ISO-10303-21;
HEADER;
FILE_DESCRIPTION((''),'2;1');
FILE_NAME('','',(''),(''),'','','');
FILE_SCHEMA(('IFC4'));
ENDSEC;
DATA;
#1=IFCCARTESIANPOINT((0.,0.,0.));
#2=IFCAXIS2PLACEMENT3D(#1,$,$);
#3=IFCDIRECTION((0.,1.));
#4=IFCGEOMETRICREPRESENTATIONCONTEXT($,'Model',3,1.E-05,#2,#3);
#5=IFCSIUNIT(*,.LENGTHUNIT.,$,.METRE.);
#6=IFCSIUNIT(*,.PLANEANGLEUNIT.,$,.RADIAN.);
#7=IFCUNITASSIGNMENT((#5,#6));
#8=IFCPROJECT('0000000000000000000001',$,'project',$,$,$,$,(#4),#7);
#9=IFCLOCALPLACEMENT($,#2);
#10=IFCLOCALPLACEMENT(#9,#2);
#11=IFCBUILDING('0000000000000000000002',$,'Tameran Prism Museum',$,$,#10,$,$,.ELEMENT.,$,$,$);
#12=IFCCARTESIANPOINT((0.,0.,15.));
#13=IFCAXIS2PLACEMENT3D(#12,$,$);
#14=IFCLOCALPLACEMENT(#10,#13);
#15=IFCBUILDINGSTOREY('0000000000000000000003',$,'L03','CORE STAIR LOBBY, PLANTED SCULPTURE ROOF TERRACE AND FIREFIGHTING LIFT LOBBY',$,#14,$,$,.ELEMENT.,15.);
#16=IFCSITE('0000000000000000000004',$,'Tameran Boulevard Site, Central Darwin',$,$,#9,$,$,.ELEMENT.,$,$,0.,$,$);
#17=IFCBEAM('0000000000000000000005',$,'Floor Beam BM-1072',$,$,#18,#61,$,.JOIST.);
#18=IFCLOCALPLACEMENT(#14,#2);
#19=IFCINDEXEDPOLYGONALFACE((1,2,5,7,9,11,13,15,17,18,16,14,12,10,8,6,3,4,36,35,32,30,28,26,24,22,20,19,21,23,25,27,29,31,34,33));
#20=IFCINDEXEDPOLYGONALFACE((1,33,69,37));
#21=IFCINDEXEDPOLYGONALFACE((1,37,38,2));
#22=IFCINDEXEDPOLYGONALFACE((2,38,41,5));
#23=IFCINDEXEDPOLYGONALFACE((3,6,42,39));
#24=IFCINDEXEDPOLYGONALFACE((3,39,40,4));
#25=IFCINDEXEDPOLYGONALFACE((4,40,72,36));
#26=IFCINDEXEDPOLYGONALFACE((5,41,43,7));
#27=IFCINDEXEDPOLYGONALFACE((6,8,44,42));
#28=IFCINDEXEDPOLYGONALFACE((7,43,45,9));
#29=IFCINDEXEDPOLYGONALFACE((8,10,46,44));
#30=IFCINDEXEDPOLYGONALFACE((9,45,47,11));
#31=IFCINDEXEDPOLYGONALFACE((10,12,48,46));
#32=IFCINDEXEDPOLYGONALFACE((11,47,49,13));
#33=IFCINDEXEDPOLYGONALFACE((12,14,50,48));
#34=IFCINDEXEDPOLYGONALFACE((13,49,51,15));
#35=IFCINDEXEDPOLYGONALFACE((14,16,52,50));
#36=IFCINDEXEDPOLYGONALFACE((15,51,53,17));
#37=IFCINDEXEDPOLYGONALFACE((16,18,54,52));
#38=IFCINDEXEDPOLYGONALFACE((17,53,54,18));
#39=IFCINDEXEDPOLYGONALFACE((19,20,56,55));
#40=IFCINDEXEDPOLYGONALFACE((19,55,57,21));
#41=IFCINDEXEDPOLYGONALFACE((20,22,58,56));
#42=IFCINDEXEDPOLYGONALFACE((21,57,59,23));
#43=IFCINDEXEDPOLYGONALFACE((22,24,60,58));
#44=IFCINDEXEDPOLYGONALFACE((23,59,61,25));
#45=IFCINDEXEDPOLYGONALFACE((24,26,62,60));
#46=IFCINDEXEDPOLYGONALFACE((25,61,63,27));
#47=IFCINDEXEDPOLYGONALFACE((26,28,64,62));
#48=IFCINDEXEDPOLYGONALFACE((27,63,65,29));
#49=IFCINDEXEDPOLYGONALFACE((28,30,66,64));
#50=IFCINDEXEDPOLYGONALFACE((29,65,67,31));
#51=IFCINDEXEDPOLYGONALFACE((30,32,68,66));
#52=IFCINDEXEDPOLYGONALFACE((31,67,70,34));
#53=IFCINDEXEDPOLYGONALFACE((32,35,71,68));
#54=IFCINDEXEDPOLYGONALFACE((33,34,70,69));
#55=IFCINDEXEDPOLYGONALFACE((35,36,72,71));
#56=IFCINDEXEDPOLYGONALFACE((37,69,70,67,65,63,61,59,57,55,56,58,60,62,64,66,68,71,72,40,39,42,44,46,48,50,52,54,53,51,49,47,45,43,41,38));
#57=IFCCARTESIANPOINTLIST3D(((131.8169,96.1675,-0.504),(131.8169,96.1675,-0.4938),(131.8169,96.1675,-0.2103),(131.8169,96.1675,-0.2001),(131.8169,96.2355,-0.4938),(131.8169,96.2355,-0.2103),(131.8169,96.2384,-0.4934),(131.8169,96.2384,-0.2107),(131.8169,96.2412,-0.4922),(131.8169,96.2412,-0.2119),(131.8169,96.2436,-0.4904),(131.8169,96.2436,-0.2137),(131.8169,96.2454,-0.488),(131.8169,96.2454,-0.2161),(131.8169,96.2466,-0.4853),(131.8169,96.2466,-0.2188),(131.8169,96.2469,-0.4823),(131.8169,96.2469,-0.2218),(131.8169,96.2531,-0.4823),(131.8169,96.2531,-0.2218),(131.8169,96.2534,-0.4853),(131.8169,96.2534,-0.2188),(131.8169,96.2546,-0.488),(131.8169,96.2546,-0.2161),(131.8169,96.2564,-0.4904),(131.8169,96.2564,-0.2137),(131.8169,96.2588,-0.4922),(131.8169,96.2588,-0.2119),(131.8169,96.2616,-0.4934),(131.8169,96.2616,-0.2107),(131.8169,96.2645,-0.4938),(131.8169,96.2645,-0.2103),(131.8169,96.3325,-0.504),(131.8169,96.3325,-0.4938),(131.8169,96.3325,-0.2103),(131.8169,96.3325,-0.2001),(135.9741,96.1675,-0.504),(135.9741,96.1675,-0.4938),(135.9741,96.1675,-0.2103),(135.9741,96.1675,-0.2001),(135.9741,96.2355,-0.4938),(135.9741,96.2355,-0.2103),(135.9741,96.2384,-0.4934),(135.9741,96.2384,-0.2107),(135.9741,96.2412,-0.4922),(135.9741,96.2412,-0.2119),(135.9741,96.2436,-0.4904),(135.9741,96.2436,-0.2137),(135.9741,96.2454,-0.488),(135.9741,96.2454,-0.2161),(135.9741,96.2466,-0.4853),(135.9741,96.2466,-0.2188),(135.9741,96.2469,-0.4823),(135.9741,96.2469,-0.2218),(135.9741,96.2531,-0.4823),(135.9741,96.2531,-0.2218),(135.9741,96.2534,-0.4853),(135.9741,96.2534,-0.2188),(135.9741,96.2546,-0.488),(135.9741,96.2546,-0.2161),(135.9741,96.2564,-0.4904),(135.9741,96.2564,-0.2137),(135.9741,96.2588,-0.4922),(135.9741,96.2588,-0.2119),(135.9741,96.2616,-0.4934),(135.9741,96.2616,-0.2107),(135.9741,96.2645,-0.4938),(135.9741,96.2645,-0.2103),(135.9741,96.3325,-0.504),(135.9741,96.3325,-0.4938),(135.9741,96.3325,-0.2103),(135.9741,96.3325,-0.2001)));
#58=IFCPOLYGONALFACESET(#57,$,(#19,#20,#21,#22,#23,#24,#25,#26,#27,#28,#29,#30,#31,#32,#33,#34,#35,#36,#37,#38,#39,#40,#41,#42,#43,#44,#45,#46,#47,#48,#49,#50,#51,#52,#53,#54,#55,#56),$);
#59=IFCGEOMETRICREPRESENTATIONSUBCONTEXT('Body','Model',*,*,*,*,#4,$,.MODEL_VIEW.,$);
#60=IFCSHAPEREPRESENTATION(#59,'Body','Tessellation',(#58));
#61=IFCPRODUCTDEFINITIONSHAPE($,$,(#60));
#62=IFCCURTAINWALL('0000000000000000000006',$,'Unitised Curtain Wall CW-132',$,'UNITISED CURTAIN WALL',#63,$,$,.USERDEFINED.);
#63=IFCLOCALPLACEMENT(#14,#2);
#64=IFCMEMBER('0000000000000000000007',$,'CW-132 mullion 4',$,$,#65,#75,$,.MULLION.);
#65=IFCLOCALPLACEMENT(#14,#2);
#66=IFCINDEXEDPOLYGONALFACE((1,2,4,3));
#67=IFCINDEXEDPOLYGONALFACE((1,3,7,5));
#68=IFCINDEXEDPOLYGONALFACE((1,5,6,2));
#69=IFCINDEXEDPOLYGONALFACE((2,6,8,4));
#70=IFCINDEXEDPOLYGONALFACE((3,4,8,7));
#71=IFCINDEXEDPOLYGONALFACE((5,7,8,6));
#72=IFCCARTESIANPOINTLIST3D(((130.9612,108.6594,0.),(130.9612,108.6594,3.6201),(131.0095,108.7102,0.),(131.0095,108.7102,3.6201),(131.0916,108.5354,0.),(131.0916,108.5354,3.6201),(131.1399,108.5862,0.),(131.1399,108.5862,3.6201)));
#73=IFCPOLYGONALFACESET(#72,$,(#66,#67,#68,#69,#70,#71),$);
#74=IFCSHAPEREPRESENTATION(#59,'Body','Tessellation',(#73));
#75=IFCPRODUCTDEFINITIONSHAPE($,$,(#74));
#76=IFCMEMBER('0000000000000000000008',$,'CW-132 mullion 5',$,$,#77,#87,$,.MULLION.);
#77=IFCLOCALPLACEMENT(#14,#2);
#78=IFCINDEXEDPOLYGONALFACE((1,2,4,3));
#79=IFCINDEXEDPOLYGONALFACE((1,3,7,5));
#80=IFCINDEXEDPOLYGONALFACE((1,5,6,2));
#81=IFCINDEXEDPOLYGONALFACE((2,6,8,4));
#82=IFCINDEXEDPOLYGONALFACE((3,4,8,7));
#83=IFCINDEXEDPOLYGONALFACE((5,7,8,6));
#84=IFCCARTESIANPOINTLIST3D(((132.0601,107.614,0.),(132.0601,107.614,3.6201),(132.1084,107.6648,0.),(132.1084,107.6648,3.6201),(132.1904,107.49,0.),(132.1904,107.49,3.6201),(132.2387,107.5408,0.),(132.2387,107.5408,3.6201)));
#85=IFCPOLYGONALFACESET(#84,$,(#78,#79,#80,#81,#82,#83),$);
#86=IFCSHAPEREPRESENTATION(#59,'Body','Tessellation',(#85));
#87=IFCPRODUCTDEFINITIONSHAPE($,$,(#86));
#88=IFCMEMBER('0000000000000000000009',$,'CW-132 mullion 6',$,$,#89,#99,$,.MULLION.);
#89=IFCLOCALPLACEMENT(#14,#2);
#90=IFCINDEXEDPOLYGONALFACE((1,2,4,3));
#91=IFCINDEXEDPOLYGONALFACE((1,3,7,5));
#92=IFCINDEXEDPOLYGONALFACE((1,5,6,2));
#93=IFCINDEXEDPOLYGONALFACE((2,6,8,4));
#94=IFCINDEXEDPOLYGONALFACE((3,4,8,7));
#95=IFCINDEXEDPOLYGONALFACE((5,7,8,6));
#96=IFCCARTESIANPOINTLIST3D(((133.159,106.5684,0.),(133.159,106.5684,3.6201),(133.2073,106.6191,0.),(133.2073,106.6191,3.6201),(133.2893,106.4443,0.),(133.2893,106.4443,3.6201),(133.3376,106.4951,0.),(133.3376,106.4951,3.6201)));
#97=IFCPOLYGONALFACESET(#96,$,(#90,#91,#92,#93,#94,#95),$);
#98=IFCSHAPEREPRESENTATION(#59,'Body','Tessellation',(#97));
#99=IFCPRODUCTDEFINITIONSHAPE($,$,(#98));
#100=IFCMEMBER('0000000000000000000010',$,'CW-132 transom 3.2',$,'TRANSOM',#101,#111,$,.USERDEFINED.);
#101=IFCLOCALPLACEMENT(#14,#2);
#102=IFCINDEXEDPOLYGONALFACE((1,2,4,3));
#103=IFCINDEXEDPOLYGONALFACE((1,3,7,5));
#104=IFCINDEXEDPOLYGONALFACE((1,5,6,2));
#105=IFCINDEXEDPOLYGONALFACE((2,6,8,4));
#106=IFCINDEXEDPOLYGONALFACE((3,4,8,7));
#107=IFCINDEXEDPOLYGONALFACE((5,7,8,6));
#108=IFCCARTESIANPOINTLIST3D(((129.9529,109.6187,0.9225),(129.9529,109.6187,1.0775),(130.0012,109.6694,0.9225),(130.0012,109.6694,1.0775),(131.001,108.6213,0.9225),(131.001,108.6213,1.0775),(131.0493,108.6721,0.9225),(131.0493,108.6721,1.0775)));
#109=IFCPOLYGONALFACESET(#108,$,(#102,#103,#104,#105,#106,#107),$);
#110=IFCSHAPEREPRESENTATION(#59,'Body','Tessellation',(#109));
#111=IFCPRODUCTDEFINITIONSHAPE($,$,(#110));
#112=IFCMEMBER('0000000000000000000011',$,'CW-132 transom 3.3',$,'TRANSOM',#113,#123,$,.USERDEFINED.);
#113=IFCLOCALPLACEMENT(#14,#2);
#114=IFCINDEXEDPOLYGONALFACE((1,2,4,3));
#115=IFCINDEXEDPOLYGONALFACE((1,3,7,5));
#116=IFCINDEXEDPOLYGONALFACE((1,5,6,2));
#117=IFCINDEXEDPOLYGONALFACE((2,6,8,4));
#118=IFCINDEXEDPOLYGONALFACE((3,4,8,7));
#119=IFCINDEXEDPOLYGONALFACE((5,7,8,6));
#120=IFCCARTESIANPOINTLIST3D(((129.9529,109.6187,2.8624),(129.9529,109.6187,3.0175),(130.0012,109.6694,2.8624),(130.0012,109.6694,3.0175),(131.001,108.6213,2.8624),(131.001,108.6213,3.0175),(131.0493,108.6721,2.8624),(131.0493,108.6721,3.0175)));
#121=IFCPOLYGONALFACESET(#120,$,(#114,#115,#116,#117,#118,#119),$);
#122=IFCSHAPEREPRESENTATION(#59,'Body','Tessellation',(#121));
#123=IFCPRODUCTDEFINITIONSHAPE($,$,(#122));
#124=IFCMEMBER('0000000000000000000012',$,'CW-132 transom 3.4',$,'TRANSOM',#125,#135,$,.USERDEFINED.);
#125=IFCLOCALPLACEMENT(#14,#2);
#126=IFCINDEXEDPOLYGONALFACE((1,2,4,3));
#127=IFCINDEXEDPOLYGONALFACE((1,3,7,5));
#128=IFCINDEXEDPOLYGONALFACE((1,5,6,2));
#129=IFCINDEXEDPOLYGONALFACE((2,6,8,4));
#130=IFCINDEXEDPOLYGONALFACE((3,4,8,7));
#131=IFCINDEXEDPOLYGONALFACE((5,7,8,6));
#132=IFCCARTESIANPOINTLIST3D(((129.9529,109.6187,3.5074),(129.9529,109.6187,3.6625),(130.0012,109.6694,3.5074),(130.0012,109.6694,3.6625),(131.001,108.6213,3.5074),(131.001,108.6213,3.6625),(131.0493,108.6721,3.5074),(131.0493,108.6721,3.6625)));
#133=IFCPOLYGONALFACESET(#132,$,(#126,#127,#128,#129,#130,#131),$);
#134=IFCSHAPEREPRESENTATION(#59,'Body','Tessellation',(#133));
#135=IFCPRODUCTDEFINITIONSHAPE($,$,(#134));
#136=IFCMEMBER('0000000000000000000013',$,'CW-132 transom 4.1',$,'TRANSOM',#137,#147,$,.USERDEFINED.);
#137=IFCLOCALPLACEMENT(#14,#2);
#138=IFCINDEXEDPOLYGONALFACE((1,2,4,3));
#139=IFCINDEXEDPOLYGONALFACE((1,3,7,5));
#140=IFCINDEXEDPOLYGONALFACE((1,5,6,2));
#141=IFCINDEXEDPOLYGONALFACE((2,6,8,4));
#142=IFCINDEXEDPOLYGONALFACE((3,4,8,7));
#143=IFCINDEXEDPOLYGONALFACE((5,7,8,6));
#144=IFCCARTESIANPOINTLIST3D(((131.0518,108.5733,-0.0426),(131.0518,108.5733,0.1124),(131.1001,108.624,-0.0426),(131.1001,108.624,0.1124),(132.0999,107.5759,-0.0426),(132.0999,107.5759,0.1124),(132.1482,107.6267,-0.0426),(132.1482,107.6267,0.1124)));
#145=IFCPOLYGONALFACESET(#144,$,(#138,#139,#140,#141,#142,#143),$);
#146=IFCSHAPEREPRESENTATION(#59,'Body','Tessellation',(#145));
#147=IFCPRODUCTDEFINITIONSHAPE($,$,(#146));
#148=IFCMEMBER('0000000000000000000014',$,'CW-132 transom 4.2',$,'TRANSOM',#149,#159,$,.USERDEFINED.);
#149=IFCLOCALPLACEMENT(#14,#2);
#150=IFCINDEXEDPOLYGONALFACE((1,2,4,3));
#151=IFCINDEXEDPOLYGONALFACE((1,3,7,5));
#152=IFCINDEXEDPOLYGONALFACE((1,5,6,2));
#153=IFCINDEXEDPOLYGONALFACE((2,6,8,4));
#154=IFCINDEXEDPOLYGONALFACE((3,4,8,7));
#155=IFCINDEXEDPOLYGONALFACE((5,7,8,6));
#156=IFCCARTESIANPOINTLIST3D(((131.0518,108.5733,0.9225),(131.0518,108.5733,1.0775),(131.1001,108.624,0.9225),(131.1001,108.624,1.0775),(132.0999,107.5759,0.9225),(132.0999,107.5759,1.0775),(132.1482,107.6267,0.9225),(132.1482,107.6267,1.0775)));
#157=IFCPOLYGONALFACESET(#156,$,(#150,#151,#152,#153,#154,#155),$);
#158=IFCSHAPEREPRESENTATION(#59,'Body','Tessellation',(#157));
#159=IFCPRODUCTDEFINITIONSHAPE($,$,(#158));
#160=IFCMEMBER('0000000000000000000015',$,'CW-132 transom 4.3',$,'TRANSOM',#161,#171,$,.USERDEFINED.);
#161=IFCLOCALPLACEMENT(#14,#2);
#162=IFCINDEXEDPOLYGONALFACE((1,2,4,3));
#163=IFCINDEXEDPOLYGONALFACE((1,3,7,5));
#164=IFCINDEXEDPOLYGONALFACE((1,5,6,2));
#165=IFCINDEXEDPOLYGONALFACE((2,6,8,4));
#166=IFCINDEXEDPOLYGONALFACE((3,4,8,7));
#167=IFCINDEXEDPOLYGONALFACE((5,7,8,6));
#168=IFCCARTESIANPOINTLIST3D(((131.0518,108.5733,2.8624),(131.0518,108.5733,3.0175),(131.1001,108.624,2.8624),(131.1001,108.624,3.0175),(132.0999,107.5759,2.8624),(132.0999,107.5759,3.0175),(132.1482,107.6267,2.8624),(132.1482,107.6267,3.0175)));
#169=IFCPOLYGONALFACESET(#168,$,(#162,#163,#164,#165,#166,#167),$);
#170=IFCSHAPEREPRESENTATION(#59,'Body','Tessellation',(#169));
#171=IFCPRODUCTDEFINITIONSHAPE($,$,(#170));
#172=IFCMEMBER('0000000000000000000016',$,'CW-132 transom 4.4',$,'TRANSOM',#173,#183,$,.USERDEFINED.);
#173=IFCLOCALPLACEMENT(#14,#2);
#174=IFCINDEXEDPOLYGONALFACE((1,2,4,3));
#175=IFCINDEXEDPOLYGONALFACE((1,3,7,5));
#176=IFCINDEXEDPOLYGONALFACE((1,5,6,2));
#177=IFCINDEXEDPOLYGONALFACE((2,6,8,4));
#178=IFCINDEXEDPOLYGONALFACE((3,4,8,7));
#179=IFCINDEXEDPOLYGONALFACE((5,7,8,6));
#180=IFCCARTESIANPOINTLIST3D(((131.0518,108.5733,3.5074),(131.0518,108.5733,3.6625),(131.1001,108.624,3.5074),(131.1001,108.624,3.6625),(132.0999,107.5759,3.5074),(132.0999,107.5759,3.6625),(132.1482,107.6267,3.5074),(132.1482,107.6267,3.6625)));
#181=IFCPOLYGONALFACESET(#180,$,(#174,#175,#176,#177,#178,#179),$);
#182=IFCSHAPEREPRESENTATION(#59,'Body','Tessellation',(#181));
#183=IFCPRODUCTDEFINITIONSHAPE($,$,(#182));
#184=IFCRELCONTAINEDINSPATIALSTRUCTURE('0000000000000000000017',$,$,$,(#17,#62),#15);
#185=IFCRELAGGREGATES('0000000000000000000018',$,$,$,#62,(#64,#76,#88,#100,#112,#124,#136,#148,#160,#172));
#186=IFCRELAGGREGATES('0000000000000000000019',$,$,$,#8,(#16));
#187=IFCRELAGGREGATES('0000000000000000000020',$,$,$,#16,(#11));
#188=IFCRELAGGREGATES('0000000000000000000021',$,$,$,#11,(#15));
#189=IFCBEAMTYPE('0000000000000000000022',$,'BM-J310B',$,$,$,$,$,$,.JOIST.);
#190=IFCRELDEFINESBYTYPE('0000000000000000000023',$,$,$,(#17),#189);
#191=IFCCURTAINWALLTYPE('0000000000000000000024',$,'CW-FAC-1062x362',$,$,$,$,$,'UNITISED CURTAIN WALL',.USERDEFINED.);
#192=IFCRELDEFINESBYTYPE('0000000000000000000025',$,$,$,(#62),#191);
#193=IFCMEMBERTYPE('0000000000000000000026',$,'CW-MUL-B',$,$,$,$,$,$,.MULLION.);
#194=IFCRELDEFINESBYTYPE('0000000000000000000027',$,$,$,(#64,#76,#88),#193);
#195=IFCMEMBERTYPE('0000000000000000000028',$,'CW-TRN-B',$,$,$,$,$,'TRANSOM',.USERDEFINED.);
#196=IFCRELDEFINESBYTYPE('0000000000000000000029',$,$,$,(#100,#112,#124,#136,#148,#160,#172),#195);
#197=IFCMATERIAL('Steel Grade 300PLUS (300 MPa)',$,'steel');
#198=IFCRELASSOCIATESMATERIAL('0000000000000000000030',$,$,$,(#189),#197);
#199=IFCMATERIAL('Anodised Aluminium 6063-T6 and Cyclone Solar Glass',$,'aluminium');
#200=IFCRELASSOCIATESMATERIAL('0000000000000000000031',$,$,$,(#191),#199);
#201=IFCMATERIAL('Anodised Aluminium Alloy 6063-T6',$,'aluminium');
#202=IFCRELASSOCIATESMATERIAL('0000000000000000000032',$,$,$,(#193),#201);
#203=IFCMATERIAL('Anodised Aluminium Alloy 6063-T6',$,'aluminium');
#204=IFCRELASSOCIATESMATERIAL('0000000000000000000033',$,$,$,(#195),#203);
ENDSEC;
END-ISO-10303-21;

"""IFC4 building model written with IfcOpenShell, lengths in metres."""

from ifc_helpers import new_model, si_unit, direction, frame, origin, origin_2d, place, context, subcontext, project, spatial, rectangle, i_section, extrude, material, material_profile, profile_set, type_object, element, aggregate, save


model = new_model("IFC4")

# Units and contexts
model_context = context("Model", 3, precision=1e-05, world=origin(), true_north=direction((0.0, 1.0)))
body_context = subcontext(model_context, "Body", "Model", "MODEL_VIEW")
ifc_project = project(units=[si_unit("LENGTHUNIT", "METRE"), si_unit("PLANEANGLEUNIT", "RADIAN")], contexts=[model_context])

# Site, building, storey
site_placement = place(None, origin())
site = spatial("IfcSite", under=ifc_project, at=site_placement, Name="Tameran Boulevard Site, Central Darwin", CompositionType="ELEMENT", RefElevation=0.0)
building_placement = place(site_placement, origin())
building = spatial("IfcBuilding", under=site, at=building_placement, Name="Tameran Prism Museum", CompositionType="ELEMENT")
storey_placement = place(building_placement, frame((0.0, 0.0, 15.0)))
storey = spatial("IfcBuildingStorey", under=building, at=storey_placement, Name="L03", Description="CORE STAIR LOBBY, PLANTED SCULPTURE ROOF TERRACE AND FIREFIGHTING LIFT LOBBY", CompositionType="ELEMENT", Elevation=15.0)

# Beam
ifc_material_1 = material(Name="Steel Grade 300PLUS (300 MPa)", Category="steel")
ifc_material_profile_1 = material_profile(ifc_material_1, i_section(OverallWidth=0.165, OverallDepth=0.304, WebThickness=0.0061, FlangeThickness=0.0103, FilletRadius=0.0115, at=origin_2d()))
ifc_profile_set_1 = profile_set([ifc_material_profile_1])
beam_type = type_object("IfcBeamType", Name="BM-J310B", PredefinedType="JOIST", material=ifc_profile_set_1)
beam_placement = place(storey_placement, frame((131.8169, 96.25, -0.3521), z_axis=(1.0, 0.0, 0.0), x_axis=(0.0, 1.0, 0.0)))
element("IfcBeam", 1, at=beam_placement, inside=storey, type_object=beam_type, Name="Floor Beam BM-1072", PredefinedType="JOIST", context=body_context, shape_type="SweptSolid", body=[
    extrude(i_section(OverallWidth=0.165, OverallDepth=0.304, WebThickness=0.0061, FlangeThickness=0.0103, FilletRadius=0.0115, at=origin_2d()), origin(), (0.0, 0.0, 1.0), 4.1572),
])

# Curtain wall, members
ifc_material_2 = material(Name="Anodised Aluminium 6063-T6 and Cyclone Solar Glass", Category="aluminium")
curtain_wall_type = type_object("IfcCurtainWallType", Name="CW-FAC-1062x362", ElementType="UNITISED CURTAIN WALL", PredefinedType="USERDEFINED", material=ifc_material_2)
curtain_wall_placement = place(storey_placement, origin())
curtain_wall = element("IfcCurtainWall", 2, at=curtain_wall_placement, inside=storey, type_object=curtain_wall_type, Name="Unitised Curtain Wall CW-132", ObjectType="UNITISED CURTAIN WALL", PredefinedType="USERDEFINED")
ifc_material_3 = material(Name="Anodised Aluminium Alloy 6063-T6", Category="aluminium")
ifc_material_profile_2 = material_profile(ifc_material_3, rectangle(XDim=0.0701, YDim=0.1799, at=origin_2d()))
ifc_profile_set_2 = profile_set([ifc_material_profile_2])
member_type_1 = type_object("IfcMemberType", Name="CW-MUL-B", PredefinedType="MULLION", material=ifc_profile_set_2)
member_1_placement = place(storey_placement, frame((131.0505, 108.6228, 0.0), z_axis=(0.0, 0.0, 1.0), x_axis=(0.689274, 0.724501, 0.0)))
member_1 = element("IfcMember", 3, at=member_1_placement, type_object=member_type_1, Name="CW-132 mullion 4", PredefinedType="MULLION", context=body_context, shape_type="SweptSolid", body=[
    extrude(rectangle(XDim=0.0701, YDim=0.1799, at=origin_2d()), origin(), (0.0, 0.0, 1.0), 3.6201),
])
member_2_placement = place(storey_placement, frame((132.1494, 107.5774, 0.0), z_axis=(0.0, 0.0, 1.0), x_axis=(0.689274, 0.724501, 0.0)))
member_2 = element("IfcMember", 4, at=member_2_placement, type_object=member_type_1, Name="CW-132 mullion 5", PredefinedType="MULLION", context=body_context, shape_type="SweptSolid", body=[
    extrude(rectangle(XDim=0.0701, YDim=0.1799, at=origin_2d()), origin(), (0.0, 0.0, 1.0), 3.6201),
])
member_3_placement = place(storey_placement, frame((133.2483, 106.5317, 0.0), z_axis=(0.0, 0.0, 1.0), x_axis=(0.689274, 0.724501, 0.0)))
member_3 = element("IfcMember", 5, at=member_3_placement, type_object=member_type_1, Name="CW-132 mullion 6", PredefinedType="MULLION", context=body_context, shape_type="SweptSolid", body=[
    extrude(rectangle(XDim=0.0701, YDim=0.1799, at=origin_2d()), origin(), (0.0, 0.0, 1.0), 3.6201),
])
ifc_material_4 = material(Name="Anodised Aluminium Alloy 6063-T6", Category="aluminium")
ifc_material_profile_3 = material_profile(ifc_material_4, rectangle(XDim=0.0701, YDim=0.155, at=origin_2d()))
ifc_profile_set_3 = profile_set([ifc_material_profile_3])
member_type_2 = type_object("IfcMemberType", Name="CW-TRN-B", ElementType="TRANSOM", PredefinedType="USERDEFINED", material=ifc_profile_set_3)
member_4_placement = place(storey_placement, frame((129.9771, 109.644, 1.0), z_axis=(0.724439, -0.689339, 0.0), x_axis=(0.689339, 0.724439, 0.0)))
member_4 = element("IfcMember", 6, at=member_4_placement, type_object=member_type_2, Name="CW-132 transom 3.2", ObjectType="TRANSOM", PredefinedType="USERDEFINED", context=body_context, shape_type="SweptSolid", body=[
    extrude(rectangle(XDim=0.0701, YDim=0.155, at=origin_2d()), origin(), (0.0, 0.0, 1.0), 1.4468),
])
member_5_placement = place(storey_placement, frame((129.9771, 109.644, 2.9399), z_axis=(0.724439, -0.689339, 0.0), x_axis=(0.689339, 0.724439, 0.0)))
member_5 = element("IfcMember", 7, at=member_5_placement, type_object=member_type_2, Name="CW-132 transom 3.3", ObjectType="TRANSOM", PredefinedType="USERDEFINED", context=body_context, shape_type="SweptSolid", body=[
    extrude(rectangle(XDim=0.0701, YDim=0.155, at=origin_2d()), origin(), (0.0, 0.0, 1.0), 1.4468),
])
member_6_placement = place(storey_placement, frame((129.9771, 109.644, 3.585), z_axis=(0.724439, -0.689339, 0.0), x_axis=(0.689339, 0.724439, 0.0)))
member_6 = element("IfcMember", 8, at=member_6_placement, type_object=member_type_2, Name="CW-132 transom 3.4", ObjectType="TRANSOM", PredefinedType="USERDEFINED", context=body_context, shape_type="SweptSolid", body=[
    extrude(rectangle(XDim=0.0701, YDim=0.155, at=origin_2d()), origin(), (0.0, 0.0, 1.0), 1.4468),
])
member_7_placement = place(storey_placement, frame((131.0759, 108.5986, 0.0349), z_axis=(0.724439, -0.689339, 0.0), x_axis=(0.689339, 0.724439, 0.0)))
member_7 = element("IfcMember", 9, at=member_7_placement, type_object=member_type_2, Name="CW-132 transom 4.1", ObjectType="TRANSOM", PredefinedType="USERDEFINED", context=body_context, shape_type="SweptSolid", body=[
    extrude(rectangle(XDim=0.0701, YDim=0.155, at=origin_2d()), origin(), (0.0, 0.0, 1.0), 1.4468),
])
member_8_placement = place(storey_placement, frame((131.0759, 108.5986, 1.0), z_axis=(0.724439, -0.689339, 0.0), x_axis=(0.689339, 0.724439, 0.0)))
member_8 = element("IfcMember", 10, at=member_8_placement, type_object=member_type_2, Name="CW-132 transom 4.2", ObjectType="TRANSOM", PredefinedType="USERDEFINED", context=body_context, shape_type="SweptSolid", body=[
    extrude(rectangle(XDim=0.0701, YDim=0.155, at=origin_2d()), origin(), (0.0, 0.0, 1.0), 1.4468),
])
member_9_placement = place(storey_placement, frame((131.0759, 108.5986, 2.9399), z_axis=(0.724439, -0.689339, 0.0), x_axis=(0.689339, 0.724439, 0.0)))
member_9 = element("IfcMember", 11, at=member_9_placement, type_object=member_type_2, Name="CW-132 transom 4.3", ObjectType="TRANSOM", PredefinedType="USERDEFINED", context=body_context, shape_type="SweptSolid", body=[
    extrude(rectangle(XDim=0.0701, YDim=0.155, at=origin_2d()), origin(), (0.0, 0.0, 1.0), 1.4468),
])
member_10_placement = place(storey_placement, frame((131.0759, 108.5986, 3.585), z_axis=(0.724439, -0.689339, 0.0), x_axis=(0.689339, 0.724439, 0.0)))
member_10 = element("IfcMember", 12, at=member_10_placement, type_object=member_type_2, Name="CW-132 transom 4.4", ObjectType="TRANSOM", PredefinedType="USERDEFINED", context=body_context, shape_type="SweptSolid", body=[
    extrude(rectangle(XDim=0.0701, YDim=0.155, at=origin_2d()), origin(), (0.0, 0.0, 1.0), 1.4468),
])
aggregate(curtain_wall, [member_1, member_2, member_3, member_4, member_5, member_6, member_7, member_8, member_9, member_10])

save(model, "model.ifc")
